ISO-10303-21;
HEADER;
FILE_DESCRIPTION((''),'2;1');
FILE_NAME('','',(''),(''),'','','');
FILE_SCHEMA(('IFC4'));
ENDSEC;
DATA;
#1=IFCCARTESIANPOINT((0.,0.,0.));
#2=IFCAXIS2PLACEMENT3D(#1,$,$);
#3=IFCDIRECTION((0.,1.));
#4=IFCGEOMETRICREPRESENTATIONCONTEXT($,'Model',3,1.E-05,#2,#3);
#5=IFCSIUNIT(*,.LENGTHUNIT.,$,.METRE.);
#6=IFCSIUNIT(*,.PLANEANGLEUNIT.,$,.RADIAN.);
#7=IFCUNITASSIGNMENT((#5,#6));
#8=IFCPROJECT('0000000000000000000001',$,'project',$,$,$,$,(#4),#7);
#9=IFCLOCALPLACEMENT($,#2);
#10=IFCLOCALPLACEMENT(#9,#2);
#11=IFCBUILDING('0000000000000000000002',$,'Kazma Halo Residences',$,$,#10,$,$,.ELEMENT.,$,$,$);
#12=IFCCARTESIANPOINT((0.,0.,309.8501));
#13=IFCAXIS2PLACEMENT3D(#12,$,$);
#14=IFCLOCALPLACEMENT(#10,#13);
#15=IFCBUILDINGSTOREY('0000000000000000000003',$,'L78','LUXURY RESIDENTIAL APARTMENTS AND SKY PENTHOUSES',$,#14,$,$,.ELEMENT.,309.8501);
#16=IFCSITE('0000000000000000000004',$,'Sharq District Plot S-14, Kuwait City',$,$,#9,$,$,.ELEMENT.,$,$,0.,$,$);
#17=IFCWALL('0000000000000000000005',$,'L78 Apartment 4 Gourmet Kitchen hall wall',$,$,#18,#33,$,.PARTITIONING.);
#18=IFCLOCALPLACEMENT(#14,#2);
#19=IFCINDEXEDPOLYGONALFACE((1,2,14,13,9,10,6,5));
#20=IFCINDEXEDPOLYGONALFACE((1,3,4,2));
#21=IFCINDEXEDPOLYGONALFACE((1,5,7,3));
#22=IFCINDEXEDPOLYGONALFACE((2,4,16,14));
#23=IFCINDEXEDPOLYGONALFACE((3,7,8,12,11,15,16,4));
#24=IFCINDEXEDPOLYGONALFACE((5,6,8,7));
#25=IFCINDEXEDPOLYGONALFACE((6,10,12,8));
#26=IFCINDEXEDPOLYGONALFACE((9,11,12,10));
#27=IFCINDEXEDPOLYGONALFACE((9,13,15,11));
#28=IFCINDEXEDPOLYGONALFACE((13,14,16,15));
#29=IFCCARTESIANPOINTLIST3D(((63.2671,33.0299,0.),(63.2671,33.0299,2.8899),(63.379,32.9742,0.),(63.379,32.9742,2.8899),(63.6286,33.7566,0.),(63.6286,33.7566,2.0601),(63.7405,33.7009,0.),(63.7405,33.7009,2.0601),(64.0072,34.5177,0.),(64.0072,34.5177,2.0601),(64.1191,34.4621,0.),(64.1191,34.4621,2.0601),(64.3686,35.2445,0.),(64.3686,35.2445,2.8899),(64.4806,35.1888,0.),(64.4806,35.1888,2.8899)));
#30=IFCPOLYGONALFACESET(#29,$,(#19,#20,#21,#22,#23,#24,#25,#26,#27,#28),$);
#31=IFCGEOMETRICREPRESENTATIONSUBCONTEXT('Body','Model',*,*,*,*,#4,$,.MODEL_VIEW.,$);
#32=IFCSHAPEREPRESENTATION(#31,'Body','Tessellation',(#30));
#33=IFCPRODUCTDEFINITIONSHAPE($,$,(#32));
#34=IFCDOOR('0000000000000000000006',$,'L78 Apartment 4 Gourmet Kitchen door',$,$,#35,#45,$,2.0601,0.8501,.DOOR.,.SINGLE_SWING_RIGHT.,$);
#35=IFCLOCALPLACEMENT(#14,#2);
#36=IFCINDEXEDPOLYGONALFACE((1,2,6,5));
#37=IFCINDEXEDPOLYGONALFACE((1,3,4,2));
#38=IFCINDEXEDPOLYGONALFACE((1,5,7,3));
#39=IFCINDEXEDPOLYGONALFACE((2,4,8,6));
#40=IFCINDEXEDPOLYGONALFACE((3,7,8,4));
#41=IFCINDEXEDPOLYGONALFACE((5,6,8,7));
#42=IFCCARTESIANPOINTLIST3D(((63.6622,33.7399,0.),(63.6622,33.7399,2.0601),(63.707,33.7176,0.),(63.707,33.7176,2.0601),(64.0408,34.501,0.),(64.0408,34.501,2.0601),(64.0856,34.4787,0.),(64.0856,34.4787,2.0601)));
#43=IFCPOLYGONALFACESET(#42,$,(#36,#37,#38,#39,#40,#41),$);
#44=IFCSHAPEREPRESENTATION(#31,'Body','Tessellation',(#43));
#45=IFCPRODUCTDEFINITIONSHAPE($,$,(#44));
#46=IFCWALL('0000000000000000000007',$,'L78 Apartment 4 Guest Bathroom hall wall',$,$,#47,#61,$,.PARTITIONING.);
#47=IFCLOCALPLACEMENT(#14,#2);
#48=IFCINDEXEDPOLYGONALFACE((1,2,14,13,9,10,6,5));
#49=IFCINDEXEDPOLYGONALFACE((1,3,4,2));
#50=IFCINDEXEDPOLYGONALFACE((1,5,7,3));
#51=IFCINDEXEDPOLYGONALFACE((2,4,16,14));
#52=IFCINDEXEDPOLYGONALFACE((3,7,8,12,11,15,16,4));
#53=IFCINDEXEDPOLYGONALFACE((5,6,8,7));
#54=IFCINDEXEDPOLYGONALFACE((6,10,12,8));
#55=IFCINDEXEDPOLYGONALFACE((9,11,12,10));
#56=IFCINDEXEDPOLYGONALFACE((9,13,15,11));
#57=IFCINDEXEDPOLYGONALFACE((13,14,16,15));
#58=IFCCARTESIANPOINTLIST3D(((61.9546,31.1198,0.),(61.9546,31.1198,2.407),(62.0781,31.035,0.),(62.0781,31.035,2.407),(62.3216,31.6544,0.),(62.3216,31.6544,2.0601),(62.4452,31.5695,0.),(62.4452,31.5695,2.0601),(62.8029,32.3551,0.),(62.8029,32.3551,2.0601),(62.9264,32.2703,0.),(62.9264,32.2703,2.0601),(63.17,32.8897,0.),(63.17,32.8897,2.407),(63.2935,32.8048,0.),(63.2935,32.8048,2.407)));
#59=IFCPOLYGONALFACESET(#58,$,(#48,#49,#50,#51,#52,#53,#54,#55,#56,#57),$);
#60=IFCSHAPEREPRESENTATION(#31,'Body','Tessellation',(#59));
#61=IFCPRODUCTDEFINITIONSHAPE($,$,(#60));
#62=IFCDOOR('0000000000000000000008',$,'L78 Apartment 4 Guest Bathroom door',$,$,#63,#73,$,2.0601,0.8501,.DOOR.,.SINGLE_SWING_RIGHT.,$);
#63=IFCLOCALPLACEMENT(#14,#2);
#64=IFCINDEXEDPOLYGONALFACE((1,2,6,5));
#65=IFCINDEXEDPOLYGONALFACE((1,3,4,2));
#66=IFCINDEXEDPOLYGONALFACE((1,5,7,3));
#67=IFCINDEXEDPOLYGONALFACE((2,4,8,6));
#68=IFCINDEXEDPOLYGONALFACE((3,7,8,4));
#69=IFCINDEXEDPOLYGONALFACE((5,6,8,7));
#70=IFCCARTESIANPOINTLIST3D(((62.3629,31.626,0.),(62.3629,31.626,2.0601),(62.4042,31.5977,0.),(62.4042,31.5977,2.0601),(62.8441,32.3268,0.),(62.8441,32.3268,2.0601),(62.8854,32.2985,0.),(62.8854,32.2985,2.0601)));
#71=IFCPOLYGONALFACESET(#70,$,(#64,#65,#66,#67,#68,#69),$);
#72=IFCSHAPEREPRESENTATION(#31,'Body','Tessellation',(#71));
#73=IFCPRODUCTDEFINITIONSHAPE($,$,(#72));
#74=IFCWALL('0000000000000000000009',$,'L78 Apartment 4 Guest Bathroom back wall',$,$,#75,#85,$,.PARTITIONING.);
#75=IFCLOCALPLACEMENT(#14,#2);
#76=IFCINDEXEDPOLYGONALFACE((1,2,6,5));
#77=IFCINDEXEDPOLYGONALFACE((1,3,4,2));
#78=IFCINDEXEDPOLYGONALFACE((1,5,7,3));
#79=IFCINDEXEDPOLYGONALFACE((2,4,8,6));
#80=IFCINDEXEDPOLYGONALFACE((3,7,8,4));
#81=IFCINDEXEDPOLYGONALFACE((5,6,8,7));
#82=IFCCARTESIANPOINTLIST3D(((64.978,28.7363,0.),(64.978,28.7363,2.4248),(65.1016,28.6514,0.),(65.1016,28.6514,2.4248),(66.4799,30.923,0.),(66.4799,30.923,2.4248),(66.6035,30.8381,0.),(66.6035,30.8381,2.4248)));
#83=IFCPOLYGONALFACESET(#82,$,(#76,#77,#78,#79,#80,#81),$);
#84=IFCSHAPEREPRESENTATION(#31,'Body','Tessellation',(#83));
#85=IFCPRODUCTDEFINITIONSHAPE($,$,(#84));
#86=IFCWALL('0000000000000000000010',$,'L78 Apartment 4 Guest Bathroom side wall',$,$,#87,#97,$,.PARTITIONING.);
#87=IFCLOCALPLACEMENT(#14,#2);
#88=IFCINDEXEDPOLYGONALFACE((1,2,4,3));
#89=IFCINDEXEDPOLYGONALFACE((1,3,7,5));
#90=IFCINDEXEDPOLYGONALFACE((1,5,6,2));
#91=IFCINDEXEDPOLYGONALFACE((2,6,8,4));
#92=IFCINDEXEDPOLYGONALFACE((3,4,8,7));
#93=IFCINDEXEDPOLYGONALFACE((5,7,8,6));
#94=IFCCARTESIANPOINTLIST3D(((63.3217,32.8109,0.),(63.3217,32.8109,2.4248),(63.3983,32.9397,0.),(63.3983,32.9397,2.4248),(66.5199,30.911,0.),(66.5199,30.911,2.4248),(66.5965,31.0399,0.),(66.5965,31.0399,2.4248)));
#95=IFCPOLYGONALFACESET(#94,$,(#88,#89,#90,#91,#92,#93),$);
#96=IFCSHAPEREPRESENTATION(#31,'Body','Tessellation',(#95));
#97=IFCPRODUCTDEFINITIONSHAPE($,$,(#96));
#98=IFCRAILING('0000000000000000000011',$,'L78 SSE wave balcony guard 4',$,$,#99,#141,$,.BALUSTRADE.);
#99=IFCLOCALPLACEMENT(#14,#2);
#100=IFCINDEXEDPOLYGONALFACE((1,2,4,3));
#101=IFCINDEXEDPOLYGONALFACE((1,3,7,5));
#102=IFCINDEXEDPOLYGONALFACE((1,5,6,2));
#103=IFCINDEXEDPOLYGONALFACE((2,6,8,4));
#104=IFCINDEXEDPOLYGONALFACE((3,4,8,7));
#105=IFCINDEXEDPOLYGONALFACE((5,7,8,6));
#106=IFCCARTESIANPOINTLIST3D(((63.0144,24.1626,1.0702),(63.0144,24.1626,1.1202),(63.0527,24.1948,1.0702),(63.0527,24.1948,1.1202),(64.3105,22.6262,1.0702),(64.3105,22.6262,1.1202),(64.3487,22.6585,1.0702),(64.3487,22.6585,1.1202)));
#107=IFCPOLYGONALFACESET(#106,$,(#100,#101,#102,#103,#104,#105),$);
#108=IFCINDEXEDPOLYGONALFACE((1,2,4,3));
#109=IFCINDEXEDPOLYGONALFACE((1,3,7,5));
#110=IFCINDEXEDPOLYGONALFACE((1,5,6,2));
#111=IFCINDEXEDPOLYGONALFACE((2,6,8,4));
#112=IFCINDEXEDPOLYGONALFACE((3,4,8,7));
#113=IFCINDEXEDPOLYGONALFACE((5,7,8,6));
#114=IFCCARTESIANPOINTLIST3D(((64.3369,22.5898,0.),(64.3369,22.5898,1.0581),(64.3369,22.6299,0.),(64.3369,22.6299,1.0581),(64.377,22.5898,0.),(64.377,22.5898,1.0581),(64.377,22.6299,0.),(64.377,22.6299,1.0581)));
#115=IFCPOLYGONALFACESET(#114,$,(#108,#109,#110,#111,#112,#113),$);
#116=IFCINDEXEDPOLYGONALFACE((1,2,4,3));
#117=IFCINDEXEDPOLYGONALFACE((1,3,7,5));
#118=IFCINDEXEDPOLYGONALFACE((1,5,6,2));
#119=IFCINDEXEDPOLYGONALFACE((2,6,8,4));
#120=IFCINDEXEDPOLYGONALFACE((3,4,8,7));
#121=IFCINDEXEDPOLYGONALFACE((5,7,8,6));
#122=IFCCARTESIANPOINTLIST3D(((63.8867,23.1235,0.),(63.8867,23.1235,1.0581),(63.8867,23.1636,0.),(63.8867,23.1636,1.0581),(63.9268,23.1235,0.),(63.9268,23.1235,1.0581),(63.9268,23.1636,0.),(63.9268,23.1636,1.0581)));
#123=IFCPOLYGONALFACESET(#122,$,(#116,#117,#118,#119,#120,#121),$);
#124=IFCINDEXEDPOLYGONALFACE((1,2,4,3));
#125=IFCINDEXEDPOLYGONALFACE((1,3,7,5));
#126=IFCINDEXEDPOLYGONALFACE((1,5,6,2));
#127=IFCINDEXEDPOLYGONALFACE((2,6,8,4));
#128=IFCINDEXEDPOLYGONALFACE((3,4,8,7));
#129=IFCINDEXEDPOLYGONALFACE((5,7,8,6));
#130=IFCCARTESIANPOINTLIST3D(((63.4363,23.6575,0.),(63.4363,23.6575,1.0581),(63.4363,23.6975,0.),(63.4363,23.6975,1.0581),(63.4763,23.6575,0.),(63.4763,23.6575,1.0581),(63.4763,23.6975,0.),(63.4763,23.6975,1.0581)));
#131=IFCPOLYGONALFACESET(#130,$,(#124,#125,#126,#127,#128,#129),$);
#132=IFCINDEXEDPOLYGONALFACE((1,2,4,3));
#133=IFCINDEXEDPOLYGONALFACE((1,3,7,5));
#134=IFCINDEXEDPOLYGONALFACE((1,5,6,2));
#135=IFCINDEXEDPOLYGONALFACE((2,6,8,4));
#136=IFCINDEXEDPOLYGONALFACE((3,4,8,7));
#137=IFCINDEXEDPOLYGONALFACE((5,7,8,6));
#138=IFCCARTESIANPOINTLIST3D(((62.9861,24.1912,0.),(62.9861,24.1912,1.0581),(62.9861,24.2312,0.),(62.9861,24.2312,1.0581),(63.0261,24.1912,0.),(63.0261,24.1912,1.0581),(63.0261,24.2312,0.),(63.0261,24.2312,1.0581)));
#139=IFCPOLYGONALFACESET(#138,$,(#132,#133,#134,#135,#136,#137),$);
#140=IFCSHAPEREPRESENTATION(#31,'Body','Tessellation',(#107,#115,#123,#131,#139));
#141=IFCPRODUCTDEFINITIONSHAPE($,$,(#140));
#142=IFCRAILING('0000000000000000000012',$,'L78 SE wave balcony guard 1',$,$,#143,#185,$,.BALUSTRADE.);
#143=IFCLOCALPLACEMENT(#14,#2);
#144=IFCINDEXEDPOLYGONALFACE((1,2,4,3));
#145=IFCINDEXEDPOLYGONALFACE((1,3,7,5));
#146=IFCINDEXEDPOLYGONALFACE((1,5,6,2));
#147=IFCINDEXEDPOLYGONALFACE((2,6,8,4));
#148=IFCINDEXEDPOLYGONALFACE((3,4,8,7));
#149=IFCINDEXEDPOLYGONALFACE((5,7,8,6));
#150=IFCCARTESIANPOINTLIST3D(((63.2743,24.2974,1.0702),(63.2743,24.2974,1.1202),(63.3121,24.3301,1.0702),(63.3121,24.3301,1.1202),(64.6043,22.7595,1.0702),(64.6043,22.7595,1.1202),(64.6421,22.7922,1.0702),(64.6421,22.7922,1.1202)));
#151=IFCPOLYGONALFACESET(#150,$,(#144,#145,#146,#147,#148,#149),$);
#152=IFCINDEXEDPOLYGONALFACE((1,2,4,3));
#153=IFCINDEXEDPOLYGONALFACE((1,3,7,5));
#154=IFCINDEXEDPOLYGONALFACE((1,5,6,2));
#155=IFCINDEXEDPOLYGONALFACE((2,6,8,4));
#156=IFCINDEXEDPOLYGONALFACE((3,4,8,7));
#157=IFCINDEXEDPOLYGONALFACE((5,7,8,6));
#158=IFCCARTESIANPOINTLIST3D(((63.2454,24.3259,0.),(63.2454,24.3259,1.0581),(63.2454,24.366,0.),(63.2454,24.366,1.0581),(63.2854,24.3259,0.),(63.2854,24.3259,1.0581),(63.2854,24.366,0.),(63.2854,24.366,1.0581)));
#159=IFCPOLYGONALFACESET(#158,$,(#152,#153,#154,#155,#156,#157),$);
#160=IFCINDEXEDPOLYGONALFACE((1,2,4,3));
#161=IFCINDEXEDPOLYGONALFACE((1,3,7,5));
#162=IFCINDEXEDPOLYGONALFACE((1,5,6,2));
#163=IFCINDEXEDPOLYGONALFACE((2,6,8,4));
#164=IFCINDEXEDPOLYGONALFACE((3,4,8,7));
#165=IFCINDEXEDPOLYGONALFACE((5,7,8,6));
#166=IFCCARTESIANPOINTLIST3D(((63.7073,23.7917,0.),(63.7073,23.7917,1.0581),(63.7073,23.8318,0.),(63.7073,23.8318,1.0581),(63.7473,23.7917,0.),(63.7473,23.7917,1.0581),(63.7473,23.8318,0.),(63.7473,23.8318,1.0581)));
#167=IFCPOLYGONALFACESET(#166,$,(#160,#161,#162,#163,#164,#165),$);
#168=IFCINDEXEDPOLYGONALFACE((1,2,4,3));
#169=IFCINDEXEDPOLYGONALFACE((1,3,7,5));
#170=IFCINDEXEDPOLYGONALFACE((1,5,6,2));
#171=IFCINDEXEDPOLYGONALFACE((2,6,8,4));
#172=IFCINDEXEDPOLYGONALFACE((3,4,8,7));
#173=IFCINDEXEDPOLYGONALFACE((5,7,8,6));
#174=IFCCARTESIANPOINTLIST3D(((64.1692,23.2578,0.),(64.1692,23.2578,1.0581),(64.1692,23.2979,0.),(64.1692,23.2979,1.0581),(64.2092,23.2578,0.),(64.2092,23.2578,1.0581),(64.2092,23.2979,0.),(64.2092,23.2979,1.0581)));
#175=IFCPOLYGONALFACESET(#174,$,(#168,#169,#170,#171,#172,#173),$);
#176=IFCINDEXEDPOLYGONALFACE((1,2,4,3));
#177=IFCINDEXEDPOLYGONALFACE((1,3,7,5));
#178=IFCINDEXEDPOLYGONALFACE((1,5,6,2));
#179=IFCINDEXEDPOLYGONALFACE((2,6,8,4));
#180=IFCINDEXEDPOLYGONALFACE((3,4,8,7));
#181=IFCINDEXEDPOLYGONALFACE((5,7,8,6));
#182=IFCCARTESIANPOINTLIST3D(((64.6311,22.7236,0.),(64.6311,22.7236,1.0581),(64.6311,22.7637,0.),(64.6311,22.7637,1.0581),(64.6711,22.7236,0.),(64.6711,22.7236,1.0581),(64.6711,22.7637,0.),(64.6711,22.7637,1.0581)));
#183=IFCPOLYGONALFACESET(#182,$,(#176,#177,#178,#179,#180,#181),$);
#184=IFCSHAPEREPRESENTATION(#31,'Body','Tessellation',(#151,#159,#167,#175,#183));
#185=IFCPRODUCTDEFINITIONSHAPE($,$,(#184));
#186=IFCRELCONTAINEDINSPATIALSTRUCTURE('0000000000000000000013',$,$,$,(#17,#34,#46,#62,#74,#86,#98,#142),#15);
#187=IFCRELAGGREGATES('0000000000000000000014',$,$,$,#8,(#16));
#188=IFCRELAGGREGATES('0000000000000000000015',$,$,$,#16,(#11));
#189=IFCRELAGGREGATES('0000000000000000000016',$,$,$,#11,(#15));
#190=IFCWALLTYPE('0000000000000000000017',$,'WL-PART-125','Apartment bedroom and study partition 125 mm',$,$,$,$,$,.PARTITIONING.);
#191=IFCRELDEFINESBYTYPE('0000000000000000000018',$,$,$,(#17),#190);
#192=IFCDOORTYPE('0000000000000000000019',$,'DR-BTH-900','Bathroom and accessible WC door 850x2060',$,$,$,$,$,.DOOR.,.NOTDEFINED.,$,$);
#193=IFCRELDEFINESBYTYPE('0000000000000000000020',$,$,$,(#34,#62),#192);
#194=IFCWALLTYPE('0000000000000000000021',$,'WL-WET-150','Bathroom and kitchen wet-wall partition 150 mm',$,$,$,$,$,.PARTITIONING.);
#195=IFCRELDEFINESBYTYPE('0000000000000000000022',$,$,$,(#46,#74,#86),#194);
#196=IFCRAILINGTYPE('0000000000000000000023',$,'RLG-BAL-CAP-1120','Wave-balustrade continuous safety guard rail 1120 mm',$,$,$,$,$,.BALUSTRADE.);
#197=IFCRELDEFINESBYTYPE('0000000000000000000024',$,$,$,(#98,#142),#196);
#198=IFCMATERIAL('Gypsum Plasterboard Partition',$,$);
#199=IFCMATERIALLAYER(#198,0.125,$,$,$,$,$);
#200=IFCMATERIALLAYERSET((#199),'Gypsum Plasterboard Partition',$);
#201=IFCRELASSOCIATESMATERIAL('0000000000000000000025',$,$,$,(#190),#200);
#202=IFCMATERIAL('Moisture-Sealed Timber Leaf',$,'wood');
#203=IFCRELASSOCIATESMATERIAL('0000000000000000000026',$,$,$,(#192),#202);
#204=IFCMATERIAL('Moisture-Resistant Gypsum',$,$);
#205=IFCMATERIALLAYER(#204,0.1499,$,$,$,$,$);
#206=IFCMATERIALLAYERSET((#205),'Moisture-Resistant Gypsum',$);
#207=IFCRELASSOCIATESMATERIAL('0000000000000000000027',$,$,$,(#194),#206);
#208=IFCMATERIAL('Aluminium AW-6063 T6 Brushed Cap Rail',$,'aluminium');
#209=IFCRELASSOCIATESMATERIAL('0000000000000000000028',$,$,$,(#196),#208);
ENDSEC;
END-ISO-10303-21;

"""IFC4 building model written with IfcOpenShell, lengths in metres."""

from ifc_helpers import new_model, si_unit, direction, frame, frame_2d, origin, origin_2d, place, context, subcontext, project, spatial, rectangle, extrude, material, layer, layer_set, type_object, element, fill, save


model = new_model("IFC4")

# Units and contexts
model_context = context("Model", 3, precision=1e-05, world=origin(), true_north=direction((0.0, 1.0)))
body_context = subcontext(model_context, "Body", "Model", "MODEL_VIEW")
ifc_project = project(units=[si_unit("LENGTHUNIT", "METRE"), si_unit("PLANEANGLEUNIT", "RADIAN")], contexts=[model_context])

# Site, building, storey
site_placement = place(None, origin())
site = spatial("IfcSite", under=ifc_project, at=site_placement, Name="Sharq District Plot S-14, Kuwait City", CompositionType="ELEMENT", RefElevation=0.0)
building_placement = place(site_placement, origin())
building = spatial("IfcBuilding", under=site, at=building_placement, Name="Kazma Halo Residences", CompositionType="ELEMENT")
storey_placement = place(building_placement, frame((0.0, 0.0, 309.8501)))
storey = spatial("IfcBuildingStorey", under=building, at=storey_placement, Name="L78", Description="LUXURY RESIDENTIAL APARTMENTS AND SKY PENTHOUSES", CompositionType="ELEMENT", Elevation=309.8501)

# Shared definitions
ifc_material_1 = material(Name="Gypsum Plasterboard Partition")
ifc_layer_1 = layer(ifc_material_1, 0.125)
ifc_layer_set_1 = layer_set([ifc_layer_1], Name="Gypsum Plasterboard Partition")
wall_type_1 = type_object("IfcWallType", Name="WL-PART-125", Description="Apartment bedroom and study partition 125 mm", PredefinedType="PARTITIONING", material=ifc_layer_set_1)

# Walls, openings, doors
ifc_material_2 = material(Name="Moisture-Sealed Timber Leaf", Category="wood")
door_type_1 = type_object("IfcDoorType", Name="DR-BTH-900", Description="Bathroom and accessible WC door 850x2060", OperationType="NOTDEFINED", PredefinedType="DOOR", material=ifc_material_2)
wall_1_placement = place(storey_placement, frame((63.323, 33.002, 0.0), z_axis=(0.0, 0.0, 1.0), x_axis=(0.445357, 0.895353, 0.0)))
wall_1 = element("IfcWall", 1, at=wall_1_placement, inside=storey, type_object=wall_type_1, Name="L78 Apartment 4 Gourmet Kitchen hall wall", PredefinedType="PARTITIONING", context=body_context, shape_type="SweptSolid", body=[
    extrude(rectangle(XDim=2.4734, YDim=0.125, at=frame_2d((1.2368, 0.0))), origin(), (0.0, 0.0, 1.0), 2.8899),
])
opening_1_placement = place(wall_1_placement, frame((0.8118, 0.0, 0.0)))
opening_1 = element("IfcOpeningElement", 2, at=opening_1_placement, cuts=wall_1, PredefinedType="OPENING", context=body_context, shape_type="SweptSolid", body=[
    extrude(rectangle(XDim=0.8501, YDim=2.0601, at=frame_2d((0.425, 1.03))), frame((0.0, 0.0725, 0.0), z_axis=(0.0, -1.0, 0.0), x_axis=(1.0, 0.0, 0.0)), (0.0, 0.0, 1.0), 0.145),
])
door_1_placement = place(opening_1_placement, origin())
door_1 = element("IfcDoor", 3, at=door_1_placement, inside=storey, type_object=door_type_1, Name="L78 Apartment 4 Gourmet Kitchen door", OperationType="SINGLE_SWING_RIGHT", OverallHeight=2.0601, OverallWidth=0.8501, PredefinedType="DOOR", context=body_context, shape_type="SweptSolid", body=[
    extrude(rectangle(XDim=0.8501, YDim=2.0601, at=frame_2d((0.425, 1.03))), frame((0.0, 0.0249, 0.0), z_axis=(0.0, -1.0, 0.0), x_axis=(1.0, 0.0, 0.0)), (0.0, 0.0, 1.0), 0.05),
])
fill(opening_1, door_1)
ifc_material_3 = material(Name="Moisture-Resistant Gypsum")
ifc_layer_2 = layer(ifc_material_3, 0.1499)
ifc_layer_set_2 = layer_set([ifc_layer_2], Name="Moisture-Resistant Gypsum")
wall_type_2 = type_object("IfcWallType", Name="WL-WET-150", Description="Bathroom and kitchen wet-wall partition 150 mm", PredefinedType="PARTITIONING", material=ifc_layer_set_2)
wall_2_placement = place(storey_placement, frame((62.0164, 31.0774, 0.0), z_axis=(0.0, 0.0, 1.0), x_axis=(0.56609, 0.824344, 0.0)))
wall_2 = element("IfcWall", 4, at=wall_2_placement, inside=storey, type_object=wall_type_2, Name="L78 Apartment 4 Guest Bathroom hall wall", PredefinedType="PARTITIONING", context=body_context, shape_type="SweptSolid", body=[
    extrude(rectangle(XDim=2.147, YDim=0.1499, at=frame_2d((1.0735, 0.0))), origin(), (0.0, 0.0, 1.0), 2.407),
])
opening_2_placement = place(wall_2_placement, frame((0.6484, 0.0, 0.0)))
opening_2 = element("IfcOpeningElement", 5, at=opening_2_placement, cuts=wall_2, PredefinedType="OPENING", context=body_context, shape_type="SweptSolid", body=[
    extrude(rectangle(XDim=0.8501, YDim=2.0601, at=frame_2d((0.425, 1.03))), frame((0.0, 0.085, 0.0), z_axis=(0.0, -1.0, 0.0), x_axis=(1.0, 0.0, 0.0)), (0.0, 0.0, 1.0), 0.1699),
])
door_2_placement = place(opening_2_placement, origin())
door_2 = element("IfcDoor", 6, at=door_2_placement, inside=storey, type_object=door_type_1, Name="L78 Apartment 4 Guest Bathroom door", OperationType="SINGLE_SWING_RIGHT", OverallHeight=2.0601, OverallWidth=0.8501, PredefinedType="DOOR", context=body_context, shape_type="SweptSolid", body=[
    extrude(rectangle(XDim=0.8501, YDim=2.0601, at=frame_2d((0.425, 1.03))), frame((0.0, 0.0249, 0.0), z_axis=(0.0, -1.0, 0.0), x_axis=(1.0, 0.0, 0.0)), (0.0, 0.0, 1.0), 0.05),
])
fill(opening_2, door_2)

# Walls
wall_3_placement = place(storey_placement, frame((65.0398, 28.6938, 0.0), z_axis=(0.0, 0.0, 1.0), x_axis=(0.566158, 0.824297, 0.0)))
element("IfcWall", 7, at=wall_3_placement, inside=storey, type_object=wall_type_2, Name="L78 Apartment 4 Guest Bathroom back wall", PredefinedType="PARTITIONING", context=body_context, shape_type="SweptSolid", body=[
    extrude(rectangle(XDim=2.6528, YDim=0.1499, at=frame_2d((1.3264, 0.0))), origin(), (0.0, 0.0, 1.0), 2.4248),
])
wall_4_placement = place(storey_placement, frame((63.3601, 32.8752, 0.0), z_axis=(0.0, 0.0, 1.0), x_axis=(0.859743, -0.510727, 0.0)))
element("IfcWall", 8, at=wall_4_placement, inside=storey, type_object=wall_type_2, Name="L78 Apartment 4 Guest Bathroom side wall", PredefinedType="PARTITIONING", context=body_context, shape_type="SweptSolid", body=[
    extrude(rectangle(XDim=3.72, YDim=0.1499, at=frame_2d((1.8599, 0.0))), origin(), (0.0, 0.0, 1.0), 2.4248),
])

# Railings
ifc_material_4 = material(Name="Aluminium AW-6063 T6 Brushed Cap Rail", Category="aluminium")
railing_type = type_object("IfcRailingType", Name="RLG-BAL-CAP-1120", Description="Wave-balustrade continuous safety guard rail 1120 mm", PredefinedType="BALUSTRADE", material=ifc_material_4)
railing_1_placement = place(storey_placement, frame((64.3569, 22.6099, 0.0)))
element("IfcRailing", 9, at=railing_1_placement, inside=storey, type_object=railing_type, Name="L78 SSE wave balcony guard 4", PredefinedType="BALUSTRADE", context=body_context, shape_type="SweptSolid", body=[
    extrude(rectangle(XDim=0.05, YDim=0.05, at=origin_2d()), frame((-0.0273, 0.0325, 1.0952), z_axis=(-0.644792, 0.764358, 0.0), x_axis=(-0.764358, -0.644792, 0.0)), (0.0, 0.0, 1.0), 2.01),
    extrude(rectangle(XDim=0.04, YDim=0.04, at=origin_2d()), origin(), (0.0, 0.0, 1.0), 1.0581),
    extrude(rectangle(XDim=0.04, YDim=0.04, at=origin_2d()), frame((-0.4502, 0.5337, 0.0)), (0.0, 0.0, 1.0), 1.0581),
    extrude(rectangle(XDim=0.04, YDim=0.04, at=origin_2d()), frame((-0.9006, 1.0676, 0.0)), (0.0, 0.0, 1.0), 1.0581),
    extrude(rectangle(XDim=0.04, YDim=0.04, at=origin_2d()), frame((-1.3508, 1.6013, 0.0)), (0.0, 0.0, 1.0), 1.0581),
])
railing_2_placement = place(storey_placement, frame((63.2654, 24.3459, 0.0)))
element("IfcRailing", 10, at=railing_2_placement, inside=storey, type_object=railing_type, Name="L78 SE wave balcony guard 1", PredefinedType="BALUSTRADE", context=body_context, shape_type="SweptSolid", body=[
    extrude(rectangle(XDim=0.05, YDim=0.05, at=origin_2d()), frame((0.0278, -0.0322, 1.0952), z_axis=(0.654145, -0.756369, 0.0), x_axis=(0.756369, 0.654145, 0.0)), (0.0, 0.0, 1.0), 2.0332),
    extrude(rectangle(XDim=0.04, YDim=0.04, at=origin_2d()), origin(), (0.0, 0.0, 1.0), 1.0581),
    extrude(rectangle(XDim=0.04, YDim=0.04, at=origin_2d()), frame((0.4619, -0.5342, 0.0)), (0.0, 0.0, 1.0), 1.0581),
    extrude(rectangle(XDim=0.04, YDim=0.04, at=origin_2d()), frame((0.9238, -1.0681, 0.0)), (0.0, 0.0, 1.0), 1.0581),
    extrude(rectangle(XDim=0.04, YDim=0.04, at=origin_2d()), frame((1.3857, -1.6023, 0.0)), (0.0, 0.0, 1.0), 1.0581),
])

save(model, "model.ifc")
